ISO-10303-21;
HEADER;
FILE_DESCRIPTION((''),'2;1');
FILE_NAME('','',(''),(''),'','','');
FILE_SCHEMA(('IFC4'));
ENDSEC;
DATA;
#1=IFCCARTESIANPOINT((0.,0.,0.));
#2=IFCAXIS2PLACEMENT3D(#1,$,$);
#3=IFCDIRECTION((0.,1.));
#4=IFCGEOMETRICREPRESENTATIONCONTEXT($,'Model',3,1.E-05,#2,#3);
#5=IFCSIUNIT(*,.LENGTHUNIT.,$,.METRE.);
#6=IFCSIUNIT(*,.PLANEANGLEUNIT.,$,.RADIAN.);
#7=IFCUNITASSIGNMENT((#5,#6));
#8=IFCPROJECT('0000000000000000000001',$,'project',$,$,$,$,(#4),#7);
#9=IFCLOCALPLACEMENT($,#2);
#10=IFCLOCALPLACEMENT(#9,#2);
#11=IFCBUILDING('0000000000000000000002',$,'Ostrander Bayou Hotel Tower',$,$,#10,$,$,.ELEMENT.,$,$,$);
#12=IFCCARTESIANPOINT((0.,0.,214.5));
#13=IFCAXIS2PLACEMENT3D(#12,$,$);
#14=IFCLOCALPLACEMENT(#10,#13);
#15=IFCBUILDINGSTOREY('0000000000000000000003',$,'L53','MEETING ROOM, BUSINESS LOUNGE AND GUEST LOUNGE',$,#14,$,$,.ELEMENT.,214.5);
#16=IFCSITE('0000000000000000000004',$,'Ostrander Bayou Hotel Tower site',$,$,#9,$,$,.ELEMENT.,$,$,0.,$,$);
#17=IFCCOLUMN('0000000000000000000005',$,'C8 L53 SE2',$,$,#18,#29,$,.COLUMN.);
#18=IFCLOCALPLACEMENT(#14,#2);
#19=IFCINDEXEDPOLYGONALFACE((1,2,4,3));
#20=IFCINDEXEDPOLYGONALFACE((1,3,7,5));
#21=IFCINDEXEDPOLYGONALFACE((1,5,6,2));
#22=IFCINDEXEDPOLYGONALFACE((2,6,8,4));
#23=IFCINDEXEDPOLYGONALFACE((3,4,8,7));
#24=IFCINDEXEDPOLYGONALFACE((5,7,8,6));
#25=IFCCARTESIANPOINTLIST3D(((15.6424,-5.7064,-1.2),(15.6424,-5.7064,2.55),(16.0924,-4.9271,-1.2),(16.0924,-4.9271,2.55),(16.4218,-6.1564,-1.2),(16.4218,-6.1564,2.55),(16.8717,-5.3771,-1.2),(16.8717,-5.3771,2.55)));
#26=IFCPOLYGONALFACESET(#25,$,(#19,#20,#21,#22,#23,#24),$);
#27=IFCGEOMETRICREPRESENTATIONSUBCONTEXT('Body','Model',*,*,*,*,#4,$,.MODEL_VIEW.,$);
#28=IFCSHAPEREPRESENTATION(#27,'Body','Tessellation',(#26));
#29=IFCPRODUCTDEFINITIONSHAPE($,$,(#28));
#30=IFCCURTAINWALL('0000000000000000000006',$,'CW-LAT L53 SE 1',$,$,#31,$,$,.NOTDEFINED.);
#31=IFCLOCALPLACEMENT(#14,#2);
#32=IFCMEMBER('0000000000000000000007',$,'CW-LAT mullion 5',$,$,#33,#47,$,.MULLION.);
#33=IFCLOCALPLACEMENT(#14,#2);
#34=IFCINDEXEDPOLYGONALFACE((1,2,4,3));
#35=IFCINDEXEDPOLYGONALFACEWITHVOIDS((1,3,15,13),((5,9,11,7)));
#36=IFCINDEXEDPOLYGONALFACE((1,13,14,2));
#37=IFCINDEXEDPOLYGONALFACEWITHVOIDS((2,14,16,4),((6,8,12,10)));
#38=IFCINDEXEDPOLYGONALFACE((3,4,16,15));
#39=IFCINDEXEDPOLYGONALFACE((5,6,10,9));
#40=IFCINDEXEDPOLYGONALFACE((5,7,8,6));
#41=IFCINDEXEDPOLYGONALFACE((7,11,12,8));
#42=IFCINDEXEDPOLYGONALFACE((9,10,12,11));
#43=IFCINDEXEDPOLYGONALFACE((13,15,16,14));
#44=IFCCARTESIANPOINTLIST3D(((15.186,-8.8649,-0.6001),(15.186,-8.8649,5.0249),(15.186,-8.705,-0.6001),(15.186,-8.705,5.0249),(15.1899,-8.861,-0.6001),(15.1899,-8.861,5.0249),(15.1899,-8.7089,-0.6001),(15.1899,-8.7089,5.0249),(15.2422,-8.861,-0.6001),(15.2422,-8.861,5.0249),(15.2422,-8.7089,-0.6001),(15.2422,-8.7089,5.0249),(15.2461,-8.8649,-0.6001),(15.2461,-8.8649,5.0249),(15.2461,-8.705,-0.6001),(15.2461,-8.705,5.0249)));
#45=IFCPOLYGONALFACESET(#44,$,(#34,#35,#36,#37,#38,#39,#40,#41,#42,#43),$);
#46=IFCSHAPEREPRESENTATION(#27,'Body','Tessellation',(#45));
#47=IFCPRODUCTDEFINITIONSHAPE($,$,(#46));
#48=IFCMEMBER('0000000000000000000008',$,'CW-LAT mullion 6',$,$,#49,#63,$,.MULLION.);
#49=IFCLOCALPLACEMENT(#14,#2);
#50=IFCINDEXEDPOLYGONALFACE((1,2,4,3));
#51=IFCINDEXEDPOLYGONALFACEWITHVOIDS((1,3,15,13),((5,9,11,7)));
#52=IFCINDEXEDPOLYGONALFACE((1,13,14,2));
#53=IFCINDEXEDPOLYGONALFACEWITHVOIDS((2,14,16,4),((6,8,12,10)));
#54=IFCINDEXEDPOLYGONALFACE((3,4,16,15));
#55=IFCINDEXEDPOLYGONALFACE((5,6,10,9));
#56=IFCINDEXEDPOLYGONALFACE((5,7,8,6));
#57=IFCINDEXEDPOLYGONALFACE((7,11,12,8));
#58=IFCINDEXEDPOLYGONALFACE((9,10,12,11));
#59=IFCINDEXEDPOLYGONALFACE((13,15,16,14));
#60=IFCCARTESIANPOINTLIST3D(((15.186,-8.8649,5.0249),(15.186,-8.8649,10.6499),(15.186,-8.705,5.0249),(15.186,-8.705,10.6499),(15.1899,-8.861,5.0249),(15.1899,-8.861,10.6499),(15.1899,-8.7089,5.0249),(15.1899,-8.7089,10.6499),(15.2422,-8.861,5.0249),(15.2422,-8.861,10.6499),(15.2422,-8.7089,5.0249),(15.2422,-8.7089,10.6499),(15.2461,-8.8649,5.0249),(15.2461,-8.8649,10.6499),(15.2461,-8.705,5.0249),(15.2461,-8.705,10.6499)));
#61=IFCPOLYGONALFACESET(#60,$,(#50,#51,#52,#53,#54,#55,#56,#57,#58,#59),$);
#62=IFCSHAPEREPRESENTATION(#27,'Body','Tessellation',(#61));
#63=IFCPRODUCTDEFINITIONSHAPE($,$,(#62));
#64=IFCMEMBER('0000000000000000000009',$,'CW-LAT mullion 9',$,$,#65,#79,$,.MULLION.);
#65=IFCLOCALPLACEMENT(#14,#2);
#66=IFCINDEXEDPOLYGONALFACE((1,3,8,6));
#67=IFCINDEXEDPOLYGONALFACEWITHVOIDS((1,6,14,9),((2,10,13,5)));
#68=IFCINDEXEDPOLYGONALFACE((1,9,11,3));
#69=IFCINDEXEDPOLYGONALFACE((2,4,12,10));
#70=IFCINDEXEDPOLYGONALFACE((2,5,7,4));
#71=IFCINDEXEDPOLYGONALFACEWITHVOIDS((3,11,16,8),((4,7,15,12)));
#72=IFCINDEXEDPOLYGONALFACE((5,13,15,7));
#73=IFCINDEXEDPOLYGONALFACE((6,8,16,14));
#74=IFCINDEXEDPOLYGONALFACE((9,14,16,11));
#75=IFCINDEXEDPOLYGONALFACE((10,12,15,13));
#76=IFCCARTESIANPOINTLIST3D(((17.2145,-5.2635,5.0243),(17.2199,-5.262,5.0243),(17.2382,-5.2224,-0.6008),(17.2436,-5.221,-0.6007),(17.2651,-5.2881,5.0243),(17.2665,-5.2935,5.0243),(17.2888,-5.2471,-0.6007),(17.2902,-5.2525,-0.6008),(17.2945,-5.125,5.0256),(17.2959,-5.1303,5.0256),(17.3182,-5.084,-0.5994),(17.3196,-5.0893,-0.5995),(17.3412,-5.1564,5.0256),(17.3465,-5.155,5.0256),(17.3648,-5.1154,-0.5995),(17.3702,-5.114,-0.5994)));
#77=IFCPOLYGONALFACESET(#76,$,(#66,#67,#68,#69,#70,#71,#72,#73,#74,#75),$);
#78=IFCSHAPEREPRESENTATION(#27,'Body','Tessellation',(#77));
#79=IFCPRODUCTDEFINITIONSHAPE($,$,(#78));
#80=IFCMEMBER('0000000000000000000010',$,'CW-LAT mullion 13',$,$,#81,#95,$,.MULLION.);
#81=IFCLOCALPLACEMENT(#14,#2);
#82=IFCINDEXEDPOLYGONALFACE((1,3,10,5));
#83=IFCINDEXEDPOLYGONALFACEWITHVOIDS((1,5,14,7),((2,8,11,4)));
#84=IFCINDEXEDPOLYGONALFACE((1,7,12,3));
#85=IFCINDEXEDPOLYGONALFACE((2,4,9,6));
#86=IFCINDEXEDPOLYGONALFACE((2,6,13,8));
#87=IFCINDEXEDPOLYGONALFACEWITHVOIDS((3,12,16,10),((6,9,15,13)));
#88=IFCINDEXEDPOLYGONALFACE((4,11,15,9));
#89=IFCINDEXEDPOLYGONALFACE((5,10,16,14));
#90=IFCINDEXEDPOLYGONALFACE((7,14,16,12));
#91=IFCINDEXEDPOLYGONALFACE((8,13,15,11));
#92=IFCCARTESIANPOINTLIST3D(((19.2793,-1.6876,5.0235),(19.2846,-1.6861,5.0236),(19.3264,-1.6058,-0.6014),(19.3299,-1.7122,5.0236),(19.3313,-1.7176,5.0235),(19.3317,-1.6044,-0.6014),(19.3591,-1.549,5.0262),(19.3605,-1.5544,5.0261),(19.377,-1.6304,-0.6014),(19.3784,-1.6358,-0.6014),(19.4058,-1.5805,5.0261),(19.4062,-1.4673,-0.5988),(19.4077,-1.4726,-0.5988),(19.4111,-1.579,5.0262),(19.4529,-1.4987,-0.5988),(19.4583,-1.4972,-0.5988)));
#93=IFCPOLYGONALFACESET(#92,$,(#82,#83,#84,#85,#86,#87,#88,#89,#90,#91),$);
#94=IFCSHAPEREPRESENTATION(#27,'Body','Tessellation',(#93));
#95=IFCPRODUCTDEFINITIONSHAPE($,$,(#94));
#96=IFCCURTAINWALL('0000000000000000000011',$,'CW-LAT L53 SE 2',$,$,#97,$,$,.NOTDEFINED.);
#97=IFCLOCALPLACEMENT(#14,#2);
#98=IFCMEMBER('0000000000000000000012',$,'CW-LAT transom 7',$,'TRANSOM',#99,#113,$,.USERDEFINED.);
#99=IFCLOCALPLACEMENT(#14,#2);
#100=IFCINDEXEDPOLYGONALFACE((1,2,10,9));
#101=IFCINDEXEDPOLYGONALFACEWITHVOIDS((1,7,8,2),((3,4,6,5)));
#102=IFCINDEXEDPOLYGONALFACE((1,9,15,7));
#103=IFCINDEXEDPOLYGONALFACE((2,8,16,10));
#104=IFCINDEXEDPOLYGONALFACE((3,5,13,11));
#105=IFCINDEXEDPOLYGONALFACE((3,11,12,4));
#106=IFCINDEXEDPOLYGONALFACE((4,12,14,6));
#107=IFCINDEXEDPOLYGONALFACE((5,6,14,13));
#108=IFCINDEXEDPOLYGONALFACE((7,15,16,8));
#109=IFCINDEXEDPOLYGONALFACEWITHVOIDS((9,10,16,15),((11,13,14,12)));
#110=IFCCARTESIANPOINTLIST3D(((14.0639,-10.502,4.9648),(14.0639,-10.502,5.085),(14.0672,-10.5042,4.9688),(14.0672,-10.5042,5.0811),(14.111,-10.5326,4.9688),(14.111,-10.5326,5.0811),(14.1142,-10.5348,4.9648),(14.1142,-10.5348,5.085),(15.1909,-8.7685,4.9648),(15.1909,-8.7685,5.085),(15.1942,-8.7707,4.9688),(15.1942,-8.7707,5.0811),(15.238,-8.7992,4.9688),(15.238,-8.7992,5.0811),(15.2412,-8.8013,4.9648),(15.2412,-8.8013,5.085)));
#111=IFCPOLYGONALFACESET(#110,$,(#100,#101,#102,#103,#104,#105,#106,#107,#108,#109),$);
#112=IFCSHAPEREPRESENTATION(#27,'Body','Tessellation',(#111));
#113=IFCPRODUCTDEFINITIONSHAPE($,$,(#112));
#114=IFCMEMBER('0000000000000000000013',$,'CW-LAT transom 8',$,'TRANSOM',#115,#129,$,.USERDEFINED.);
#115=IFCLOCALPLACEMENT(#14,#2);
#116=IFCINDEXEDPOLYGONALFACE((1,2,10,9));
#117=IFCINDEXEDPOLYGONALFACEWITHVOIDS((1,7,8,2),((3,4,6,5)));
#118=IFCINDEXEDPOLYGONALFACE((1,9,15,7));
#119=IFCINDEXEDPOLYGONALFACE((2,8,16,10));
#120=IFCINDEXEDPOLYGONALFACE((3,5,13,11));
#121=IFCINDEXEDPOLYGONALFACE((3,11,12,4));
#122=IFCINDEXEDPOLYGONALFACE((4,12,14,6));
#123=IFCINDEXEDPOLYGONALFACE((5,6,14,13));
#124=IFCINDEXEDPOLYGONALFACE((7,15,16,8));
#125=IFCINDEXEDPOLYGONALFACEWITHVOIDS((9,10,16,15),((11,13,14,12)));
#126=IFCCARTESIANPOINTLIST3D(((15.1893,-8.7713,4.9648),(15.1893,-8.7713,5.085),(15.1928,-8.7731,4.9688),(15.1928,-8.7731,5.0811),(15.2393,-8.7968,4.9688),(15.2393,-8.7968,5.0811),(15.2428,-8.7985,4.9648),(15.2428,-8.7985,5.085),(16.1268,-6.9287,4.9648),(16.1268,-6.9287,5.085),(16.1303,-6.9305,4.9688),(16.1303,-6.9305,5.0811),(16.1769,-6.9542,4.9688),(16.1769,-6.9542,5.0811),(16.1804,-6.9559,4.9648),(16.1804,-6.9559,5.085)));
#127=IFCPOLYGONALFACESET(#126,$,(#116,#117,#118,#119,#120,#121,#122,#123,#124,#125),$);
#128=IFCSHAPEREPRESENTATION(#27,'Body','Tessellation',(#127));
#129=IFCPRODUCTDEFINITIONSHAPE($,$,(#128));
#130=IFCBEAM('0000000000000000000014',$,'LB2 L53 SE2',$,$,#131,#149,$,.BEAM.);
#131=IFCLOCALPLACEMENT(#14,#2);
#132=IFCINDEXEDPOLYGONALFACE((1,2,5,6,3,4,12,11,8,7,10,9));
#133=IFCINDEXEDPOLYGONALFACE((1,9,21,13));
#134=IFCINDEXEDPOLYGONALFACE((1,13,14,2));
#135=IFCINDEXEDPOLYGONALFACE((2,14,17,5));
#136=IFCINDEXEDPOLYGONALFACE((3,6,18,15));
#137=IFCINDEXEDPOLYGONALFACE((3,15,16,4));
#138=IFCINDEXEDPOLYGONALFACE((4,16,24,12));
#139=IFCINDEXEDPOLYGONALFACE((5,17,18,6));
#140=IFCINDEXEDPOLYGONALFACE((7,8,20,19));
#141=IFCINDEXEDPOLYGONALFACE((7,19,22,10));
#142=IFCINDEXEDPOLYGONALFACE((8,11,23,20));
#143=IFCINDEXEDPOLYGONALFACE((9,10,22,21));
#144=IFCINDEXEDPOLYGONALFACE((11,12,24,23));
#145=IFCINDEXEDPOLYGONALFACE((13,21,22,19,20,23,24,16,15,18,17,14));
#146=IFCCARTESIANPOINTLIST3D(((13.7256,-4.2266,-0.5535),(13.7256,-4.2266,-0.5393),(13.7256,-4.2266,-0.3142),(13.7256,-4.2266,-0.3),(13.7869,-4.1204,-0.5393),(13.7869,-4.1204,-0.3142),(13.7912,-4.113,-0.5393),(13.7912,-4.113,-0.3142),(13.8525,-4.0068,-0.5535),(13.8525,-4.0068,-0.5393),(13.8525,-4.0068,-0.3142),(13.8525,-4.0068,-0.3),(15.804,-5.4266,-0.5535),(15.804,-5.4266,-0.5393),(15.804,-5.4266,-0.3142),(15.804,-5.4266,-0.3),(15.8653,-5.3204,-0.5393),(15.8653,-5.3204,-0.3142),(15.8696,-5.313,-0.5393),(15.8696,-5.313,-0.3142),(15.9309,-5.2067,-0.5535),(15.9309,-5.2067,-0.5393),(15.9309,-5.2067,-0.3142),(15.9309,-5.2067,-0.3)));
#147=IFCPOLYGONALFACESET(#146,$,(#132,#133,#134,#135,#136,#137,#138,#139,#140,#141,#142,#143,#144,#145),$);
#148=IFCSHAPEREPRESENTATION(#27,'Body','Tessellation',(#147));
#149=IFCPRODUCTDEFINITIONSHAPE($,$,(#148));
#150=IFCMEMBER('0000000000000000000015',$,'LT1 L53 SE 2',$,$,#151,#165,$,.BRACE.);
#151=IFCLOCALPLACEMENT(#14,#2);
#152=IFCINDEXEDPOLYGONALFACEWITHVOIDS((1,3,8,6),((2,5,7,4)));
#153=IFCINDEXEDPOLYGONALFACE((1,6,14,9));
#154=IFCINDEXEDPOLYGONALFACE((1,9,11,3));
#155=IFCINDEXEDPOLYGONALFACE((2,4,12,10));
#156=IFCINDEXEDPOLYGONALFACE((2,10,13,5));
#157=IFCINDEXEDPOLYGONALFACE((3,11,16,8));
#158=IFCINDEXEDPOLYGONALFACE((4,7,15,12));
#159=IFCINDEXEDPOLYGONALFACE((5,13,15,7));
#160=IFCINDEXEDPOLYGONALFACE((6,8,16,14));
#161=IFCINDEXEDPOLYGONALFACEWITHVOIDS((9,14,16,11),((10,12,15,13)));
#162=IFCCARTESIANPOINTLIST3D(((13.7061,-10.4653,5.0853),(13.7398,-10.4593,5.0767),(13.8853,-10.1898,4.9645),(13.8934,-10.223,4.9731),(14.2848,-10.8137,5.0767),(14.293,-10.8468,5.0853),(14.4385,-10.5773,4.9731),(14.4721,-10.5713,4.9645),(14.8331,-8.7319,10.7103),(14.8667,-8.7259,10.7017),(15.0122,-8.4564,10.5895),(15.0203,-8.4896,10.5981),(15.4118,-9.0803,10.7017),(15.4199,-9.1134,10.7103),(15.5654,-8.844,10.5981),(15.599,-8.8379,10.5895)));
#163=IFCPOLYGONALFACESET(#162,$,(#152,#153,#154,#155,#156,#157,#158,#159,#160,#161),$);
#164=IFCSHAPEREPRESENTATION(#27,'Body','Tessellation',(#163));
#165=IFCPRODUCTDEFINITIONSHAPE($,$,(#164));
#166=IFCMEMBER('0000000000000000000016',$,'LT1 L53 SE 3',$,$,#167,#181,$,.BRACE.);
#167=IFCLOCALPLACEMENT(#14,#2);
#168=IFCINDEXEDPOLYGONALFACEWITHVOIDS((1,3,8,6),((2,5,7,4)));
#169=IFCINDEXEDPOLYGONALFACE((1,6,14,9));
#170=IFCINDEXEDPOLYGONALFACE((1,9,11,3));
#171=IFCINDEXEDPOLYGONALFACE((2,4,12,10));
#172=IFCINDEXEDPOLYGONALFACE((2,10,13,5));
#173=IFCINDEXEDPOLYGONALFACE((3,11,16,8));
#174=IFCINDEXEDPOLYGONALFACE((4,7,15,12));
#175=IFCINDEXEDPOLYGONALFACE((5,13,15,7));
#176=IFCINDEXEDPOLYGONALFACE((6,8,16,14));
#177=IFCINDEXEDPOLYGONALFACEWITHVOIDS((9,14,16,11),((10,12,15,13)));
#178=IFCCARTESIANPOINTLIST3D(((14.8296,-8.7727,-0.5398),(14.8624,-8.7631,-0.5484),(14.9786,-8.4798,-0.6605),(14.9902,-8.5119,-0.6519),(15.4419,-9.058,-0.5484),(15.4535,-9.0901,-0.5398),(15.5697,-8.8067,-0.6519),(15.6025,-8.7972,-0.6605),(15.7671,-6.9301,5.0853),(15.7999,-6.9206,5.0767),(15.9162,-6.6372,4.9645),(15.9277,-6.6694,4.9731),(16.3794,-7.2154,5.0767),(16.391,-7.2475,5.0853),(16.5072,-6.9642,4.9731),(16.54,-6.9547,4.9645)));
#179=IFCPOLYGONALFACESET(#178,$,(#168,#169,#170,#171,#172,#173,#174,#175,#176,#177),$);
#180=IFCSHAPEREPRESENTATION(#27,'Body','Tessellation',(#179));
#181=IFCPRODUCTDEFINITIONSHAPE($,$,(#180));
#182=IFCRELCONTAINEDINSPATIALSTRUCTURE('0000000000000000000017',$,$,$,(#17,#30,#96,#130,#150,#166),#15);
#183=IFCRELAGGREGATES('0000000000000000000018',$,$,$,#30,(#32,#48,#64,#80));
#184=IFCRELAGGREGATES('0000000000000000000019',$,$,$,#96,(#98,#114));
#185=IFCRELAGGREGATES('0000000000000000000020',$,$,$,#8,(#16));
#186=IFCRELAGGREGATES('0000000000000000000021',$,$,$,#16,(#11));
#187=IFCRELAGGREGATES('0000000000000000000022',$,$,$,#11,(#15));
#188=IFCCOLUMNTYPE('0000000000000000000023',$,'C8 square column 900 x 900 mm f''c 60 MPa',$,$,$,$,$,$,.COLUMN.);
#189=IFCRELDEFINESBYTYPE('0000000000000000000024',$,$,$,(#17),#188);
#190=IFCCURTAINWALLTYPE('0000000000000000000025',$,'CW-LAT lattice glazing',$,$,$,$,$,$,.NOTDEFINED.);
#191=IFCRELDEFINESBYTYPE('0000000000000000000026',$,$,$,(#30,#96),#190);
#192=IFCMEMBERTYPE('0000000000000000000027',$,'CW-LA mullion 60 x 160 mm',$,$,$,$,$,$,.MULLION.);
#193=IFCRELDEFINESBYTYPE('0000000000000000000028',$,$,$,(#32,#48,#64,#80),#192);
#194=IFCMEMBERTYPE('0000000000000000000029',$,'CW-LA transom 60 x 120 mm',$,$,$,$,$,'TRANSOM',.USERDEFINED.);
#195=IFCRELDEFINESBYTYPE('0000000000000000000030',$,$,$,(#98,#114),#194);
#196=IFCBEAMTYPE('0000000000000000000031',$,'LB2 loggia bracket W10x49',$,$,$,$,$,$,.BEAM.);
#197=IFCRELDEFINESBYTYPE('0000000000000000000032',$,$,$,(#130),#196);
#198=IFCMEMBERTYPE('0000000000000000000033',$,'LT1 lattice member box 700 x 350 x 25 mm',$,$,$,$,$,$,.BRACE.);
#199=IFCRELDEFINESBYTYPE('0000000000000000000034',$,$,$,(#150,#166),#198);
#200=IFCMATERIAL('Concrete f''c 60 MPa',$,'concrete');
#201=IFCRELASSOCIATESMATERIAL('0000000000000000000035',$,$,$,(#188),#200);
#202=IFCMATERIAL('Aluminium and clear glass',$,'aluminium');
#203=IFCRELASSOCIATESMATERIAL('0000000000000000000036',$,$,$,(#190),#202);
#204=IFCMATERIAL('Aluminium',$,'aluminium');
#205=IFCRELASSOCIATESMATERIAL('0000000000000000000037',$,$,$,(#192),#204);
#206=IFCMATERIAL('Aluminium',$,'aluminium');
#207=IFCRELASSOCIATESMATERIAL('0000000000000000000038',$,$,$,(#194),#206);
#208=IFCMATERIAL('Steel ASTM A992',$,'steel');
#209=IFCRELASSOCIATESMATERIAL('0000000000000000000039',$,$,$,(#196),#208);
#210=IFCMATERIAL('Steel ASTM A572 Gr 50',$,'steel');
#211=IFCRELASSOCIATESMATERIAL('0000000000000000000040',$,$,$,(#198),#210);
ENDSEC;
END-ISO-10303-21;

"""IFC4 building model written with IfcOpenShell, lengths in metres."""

from ifc_helpers import new_model, si_unit, direction, frame, origin, origin_2d, place, context, subcontext, project, spatial, rectangle, hollow_rectangle, i_section, extrude, material, material_profile, profile_set, type_object, element, aggregate, save


model = new_model("IFC4")

# Units and contexts
model_context = context("Model", 3, precision=1e-05, world=origin(), true_north=direction((0.0, 1.0)))
body_context = subcontext(model_context, "Body", "Model", "MODEL_VIEW")
ifc_project = project(units=[si_unit("LENGTHUNIT", "METRE"), si_unit("PLANEANGLEUNIT", "RADIAN")], contexts=[model_context])

# Site, building, storey
site_placement = place(None, origin())
site = spatial("IfcSite", under=ifc_project, at=site_placement, Name="Ostrander Bayou Hotel Tower site", CompositionType="ELEMENT", RefElevation=0.0)
building_placement = place(site_placement, origin())
building = spatial("IfcBuilding", under=site, at=building_placement, Name="Ostrander Bayou Hotel Tower", CompositionType="ELEMENT")
storey_placement = place(building_placement, frame((0.0, 0.0, 214.5)))
storey = spatial("IfcBuildingStorey", under=building, at=storey_placement, Name="L53", Description="MEETING ROOM, BUSINESS LOUNGE AND GUEST LOUNGE", CompositionType="ELEMENT", Elevation=214.5)

# Column
ifc_material_1 = material(Name="Concrete f'c 60 MPa", Category="concrete")
ifc_material_profile_1 = material_profile(ifc_material_1, rectangle(XDim=0.8999, YDim=0.8999, at=origin_2d()))
ifc_profile_set_1 = profile_set([ifc_material_profile_1], Name="Concrete f'c 60 MPa")
column_type = type_object("IfcColumnType", Name="C8 square column 900 x 900 mm f'c 60 MPa", PredefinedType="COLUMN", material=ifc_profile_set_1)
column_placement = place(storey_placement, frame((16.2571, -5.5417, -1.2), z_axis=(0.0, 0.0, 1.0), x_axis=(-0.5, -0.866025, 0.0)))
element("IfcColumn", 1, at=column_placement, inside=storey, type_object=column_type, Name="C8 L53 SE2", PredefinedType="COLUMN", context=body_context, shape_type="SweptSolid", body=[
    extrude(rectangle(XDim=0.8999, YDim=0.8999, at=origin_2d()), origin(), (0.0, 0.0, 1.0), 3.75),
])

# Curtain walls, members
ifc_material_2 = material(Name="Aluminium and clear glass", Category="aluminium")
curtain_wall_type = type_object("IfcCurtainWallType", Name="CW-LAT lattice glazing", PredefinedType="NOTDEFINED", material=ifc_material_2)
curtain_wall_1_placement = place(storey_placement, origin())
curtain_wall_1 = element("IfcCurtainWall", 2, at=curtain_wall_1_placement, inside=storey, type_object=curtain_wall_type, Name="CW-LAT L53 SE 1", PredefinedType="NOTDEFINED")
ifc_material_3 = material(Name="Aluminium", Category="aluminium")
ifc_material_profile_2 = material_profile(ifc_material_3, hollow_rectangle(XDim=0.0601, YDim=0.1599, WallThickness=0.0039, at=origin_2d()))
ifc_profile_set_2 = profile_set([ifc_material_profile_2], Name="Aluminium")
member_type_1 = type_object("IfcMemberType", Name="CW-LA mullion 60 x 160 mm", PredefinedType="MULLION", material=ifc_profile_set_2)
member_1_placement = place(storey_placement, frame((15.2161, -8.7849, -0.6001), z_axis=(0.0, 0.0, 1.0), x_axis=(1.0, 0.0, 0.0)))
member_1 = element("IfcMember", 3, at=member_1_placement, type_object=member_type_1, Name="CW-LAT mullion 5", PredefinedType="MULLION", context=body_context, shape_type="SweptSolid", body=[
    extrude(hollow_rectangle(XDim=0.0601, YDim=0.1599, WallThickness=0.0039, at=origin_2d()), origin(), (0.0, 0.0, 1.0), 5.625),
])
member_2_placement = place(storey_placement, frame((15.2161, -8.7849, 5.0249), z_axis=(0.0, 0.0, 1.0), x_axis=(1.0, 0.0, 0.0)))
member_2 = element("IfcMember", 4, at=member_2_placement, type_object=member_type_1, Name="CW-LAT mullion 6", PredefinedType="MULLION", context=body_context, shape_type="SweptSolid", body=[
    extrude(hollow_rectangle(XDim=0.0601, YDim=0.1599, WallThickness=0.0039, at=origin_2d()), origin(), (0.0, 0.0, 1.0), 5.625),
])
member_3_placement = place(storey_placement, frame((17.3042, -5.1682, -0.6001), z_axis=(-0.00421, -0.007291, 0.999965), x_axis=(0.866014, -0.50002, 0.0)))
member_3 = element("IfcMember", 5, at=member_3_placement, type_object=member_type_1, Name="CW-LAT mullion 9", PredefinedType="MULLION", context=body_context, shape_type="SweptSolid", body=[
    extrude(hollow_rectangle(XDim=0.0601, YDim=0.1599, WallThickness=0.0039, at=origin_2d()), origin(), (0.0, 0.0, 1.0), 5.6252),
])
member_4_placement = place(storey_placement, frame((19.3923, -1.5515, -0.6001), z_axis=(-0.008376, -0.014538, 0.999859), x_axis=(0.866487, -0.4992, 0.0)))
member_4 = element("IfcMember", 6, at=member_4_placement, type_object=member_type_1, Name="CW-LAT mullion 13", PredefinedType="MULLION", context=body_context, shape_type="SweptSolid", body=[
    extrude(hollow_rectangle(XDim=0.0601, YDim=0.1599, WallThickness=0.0039, at=origin_2d()), origin(), (0.0, 0.0, 1.0), 5.6257),
])
curtain_wall_2_placement = place(storey_placement, origin())
curtain_wall_2 = element("IfcCurtainWall", 7, at=curtain_wall_2_placement, inside=storey, type_object=curtain_wall_type, Name="CW-LAT L53 SE 2", PredefinedType="NOTDEFINED")
ifc_material_4 = material(Name="Aluminium", Category="aluminium")
ifc_material_profile_3 = material_profile(ifc_material_4, hollow_rectangle(XDim=0.0601, YDim=0.1201, WallThickness=0.0039, at=origin_2d()))
ifc_profile_set_3 = profile_set([ifc_material_profile_3], Name="Aluminium")
member_type_2 = type_object("IfcMemberType", Name="CW-LA transom 60 x 120 mm", ElementType="TRANSOM", PredefinedType="USERDEFINED", material=ifc_profile_set_3)
member_5_placement = place(storey_placement, frame((15.2161, -8.7849, 5.0249), z_axis=(-0.545071, -0.83839, 0.0), x_axis=(0.83839, -0.545071, 0.0)))
member_5 = element("IfcMember", 8, at=member_5_placement, type_object=member_type_2, Name="CW-LAT transom 7", ObjectType="TRANSOM", PredefinedType="USERDEFINED", context=body_context, shape_type="SweptSolid", body=[
    extrude(hollow_rectangle(XDim=0.0601, YDim=0.1201, WallThickness=0.0039, at=origin_2d()), origin(), (0.0, 0.0, 1.0), 2.0676),
])
member_6_placement = place(storey_placement, frame((15.2161, -8.7849, 5.0249), z_axis=(0.453485, 0.891264, 0.0), x_axis=(-0.891264, 0.453485, 0.0)))
member_6 = element("IfcMember", 9, at=member_6_placement, type_object=member_type_2, Name="CW-LAT transom 8", ObjectType="TRANSOM", PredefinedType="USERDEFINED", context=body_context, shape_type="SweptSolid", body=[
    extrude(hollow_rectangle(XDim=0.0601, YDim=0.1201, WallThickness=0.0039, at=origin_2d()), origin(), (0.0, 0.0, 1.0), 2.0674),
])

# Beam
ifc_material_5 = material(Name="Steel ASTM A992", Category="steel")
ifc_material_profile_4 = material_profile(ifc_material_5, i_section(OverallWidth=0.2539, OverallDepth=0.2534, WebThickness=0.0085, FlangeThickness=0.0142, at=origin_2d()))
ifc_profile_set_4 = profile_set([ifc_material_profile_4], Name="Steel ASTM A992")
beam_type_1 = type_object("IfcBeamType", Name="LB2 loggia bracket W10x49", PredefinedType="BEAM", material=ifc_profile_set_4)
beam_1_placement = place(storey_placement, frame((15.8674, -5.3167, -0.4268), z_axis=(-0.866025, 0.500001, 0.0), x_axis=(-0.500001, -0.866025, 0.0)))
element("IfcBeam", 10, at=beam_1_placement, inside=storey, type_object=beam_type_1, Name="LB2 L53 SE2", PredefinedType="BEAM", context=body_context, shape_type="SweptSolid", body=[
    extrude(i_section(OverallWidth=0.2539, OverallDepth=0.2534, WebThickness=0.0085, FlangeThickness=0.0142, at=origin_2d()), origin(), (0.0, 0.0, 1.0), 2.3999),
])

# Members
ifc_material_6 = material(Name="Steel ASTM A572 Gr 50", Category="steel")
ifc_material_profile_5 = material_profile(ifc_material_6, hollow_rectangle(XDim=0.7, YDim=0.3501, WallThickness=0.0249, at=origin_2d()))
ifc_profile_set_5 = profile_set([ifc_material_profile_5], Name="Steel ASTM A572 Gr 50")
member_type_3 = type_object("IfcMemberType", Name="LT1 lattice member box 700 x 350 x 25 mm", PredefinedType="BRACE", material=ifc_profile_set_5)
for number, where, z_axis, x_axis, name in (
    (11, (14.0891, -10.5183, 5.0249), (0.188047, 0.28924, 0.938605), (-0.83839, 0.545071, 0.0), "LT1 L53 SE 2"),
    (12, (16.1536, -6.9424, 5.0249), (-0.156436, -0.307454, -0.938616), (0.891264, -0.453485, 0.0), "LT1 L53 SE 3"),
):
    element("IfcMember", number, at=place(storey_placement, frame(where, z_axis=z_axis, x_axis=x_axis)), inside=storey, type_object=member_type_3, Name=name, PredefinedType="BRACE", context=body_context, shape_type="SweptSolid", body=[
        extrude(hollow_rectangle(XDim=0.7, YDim=0.3501, WallThickness=0.0249, at=origin_2d()), origin(), (0.0, 0.0, 1.0), 5.9929),
    ])

aggregate(curtain_wall_1, [member_1, member_2, member_3, member_4])
aggregate(curtain_wall_2, [member_5, member_6])

save(model, "model.ifc")
